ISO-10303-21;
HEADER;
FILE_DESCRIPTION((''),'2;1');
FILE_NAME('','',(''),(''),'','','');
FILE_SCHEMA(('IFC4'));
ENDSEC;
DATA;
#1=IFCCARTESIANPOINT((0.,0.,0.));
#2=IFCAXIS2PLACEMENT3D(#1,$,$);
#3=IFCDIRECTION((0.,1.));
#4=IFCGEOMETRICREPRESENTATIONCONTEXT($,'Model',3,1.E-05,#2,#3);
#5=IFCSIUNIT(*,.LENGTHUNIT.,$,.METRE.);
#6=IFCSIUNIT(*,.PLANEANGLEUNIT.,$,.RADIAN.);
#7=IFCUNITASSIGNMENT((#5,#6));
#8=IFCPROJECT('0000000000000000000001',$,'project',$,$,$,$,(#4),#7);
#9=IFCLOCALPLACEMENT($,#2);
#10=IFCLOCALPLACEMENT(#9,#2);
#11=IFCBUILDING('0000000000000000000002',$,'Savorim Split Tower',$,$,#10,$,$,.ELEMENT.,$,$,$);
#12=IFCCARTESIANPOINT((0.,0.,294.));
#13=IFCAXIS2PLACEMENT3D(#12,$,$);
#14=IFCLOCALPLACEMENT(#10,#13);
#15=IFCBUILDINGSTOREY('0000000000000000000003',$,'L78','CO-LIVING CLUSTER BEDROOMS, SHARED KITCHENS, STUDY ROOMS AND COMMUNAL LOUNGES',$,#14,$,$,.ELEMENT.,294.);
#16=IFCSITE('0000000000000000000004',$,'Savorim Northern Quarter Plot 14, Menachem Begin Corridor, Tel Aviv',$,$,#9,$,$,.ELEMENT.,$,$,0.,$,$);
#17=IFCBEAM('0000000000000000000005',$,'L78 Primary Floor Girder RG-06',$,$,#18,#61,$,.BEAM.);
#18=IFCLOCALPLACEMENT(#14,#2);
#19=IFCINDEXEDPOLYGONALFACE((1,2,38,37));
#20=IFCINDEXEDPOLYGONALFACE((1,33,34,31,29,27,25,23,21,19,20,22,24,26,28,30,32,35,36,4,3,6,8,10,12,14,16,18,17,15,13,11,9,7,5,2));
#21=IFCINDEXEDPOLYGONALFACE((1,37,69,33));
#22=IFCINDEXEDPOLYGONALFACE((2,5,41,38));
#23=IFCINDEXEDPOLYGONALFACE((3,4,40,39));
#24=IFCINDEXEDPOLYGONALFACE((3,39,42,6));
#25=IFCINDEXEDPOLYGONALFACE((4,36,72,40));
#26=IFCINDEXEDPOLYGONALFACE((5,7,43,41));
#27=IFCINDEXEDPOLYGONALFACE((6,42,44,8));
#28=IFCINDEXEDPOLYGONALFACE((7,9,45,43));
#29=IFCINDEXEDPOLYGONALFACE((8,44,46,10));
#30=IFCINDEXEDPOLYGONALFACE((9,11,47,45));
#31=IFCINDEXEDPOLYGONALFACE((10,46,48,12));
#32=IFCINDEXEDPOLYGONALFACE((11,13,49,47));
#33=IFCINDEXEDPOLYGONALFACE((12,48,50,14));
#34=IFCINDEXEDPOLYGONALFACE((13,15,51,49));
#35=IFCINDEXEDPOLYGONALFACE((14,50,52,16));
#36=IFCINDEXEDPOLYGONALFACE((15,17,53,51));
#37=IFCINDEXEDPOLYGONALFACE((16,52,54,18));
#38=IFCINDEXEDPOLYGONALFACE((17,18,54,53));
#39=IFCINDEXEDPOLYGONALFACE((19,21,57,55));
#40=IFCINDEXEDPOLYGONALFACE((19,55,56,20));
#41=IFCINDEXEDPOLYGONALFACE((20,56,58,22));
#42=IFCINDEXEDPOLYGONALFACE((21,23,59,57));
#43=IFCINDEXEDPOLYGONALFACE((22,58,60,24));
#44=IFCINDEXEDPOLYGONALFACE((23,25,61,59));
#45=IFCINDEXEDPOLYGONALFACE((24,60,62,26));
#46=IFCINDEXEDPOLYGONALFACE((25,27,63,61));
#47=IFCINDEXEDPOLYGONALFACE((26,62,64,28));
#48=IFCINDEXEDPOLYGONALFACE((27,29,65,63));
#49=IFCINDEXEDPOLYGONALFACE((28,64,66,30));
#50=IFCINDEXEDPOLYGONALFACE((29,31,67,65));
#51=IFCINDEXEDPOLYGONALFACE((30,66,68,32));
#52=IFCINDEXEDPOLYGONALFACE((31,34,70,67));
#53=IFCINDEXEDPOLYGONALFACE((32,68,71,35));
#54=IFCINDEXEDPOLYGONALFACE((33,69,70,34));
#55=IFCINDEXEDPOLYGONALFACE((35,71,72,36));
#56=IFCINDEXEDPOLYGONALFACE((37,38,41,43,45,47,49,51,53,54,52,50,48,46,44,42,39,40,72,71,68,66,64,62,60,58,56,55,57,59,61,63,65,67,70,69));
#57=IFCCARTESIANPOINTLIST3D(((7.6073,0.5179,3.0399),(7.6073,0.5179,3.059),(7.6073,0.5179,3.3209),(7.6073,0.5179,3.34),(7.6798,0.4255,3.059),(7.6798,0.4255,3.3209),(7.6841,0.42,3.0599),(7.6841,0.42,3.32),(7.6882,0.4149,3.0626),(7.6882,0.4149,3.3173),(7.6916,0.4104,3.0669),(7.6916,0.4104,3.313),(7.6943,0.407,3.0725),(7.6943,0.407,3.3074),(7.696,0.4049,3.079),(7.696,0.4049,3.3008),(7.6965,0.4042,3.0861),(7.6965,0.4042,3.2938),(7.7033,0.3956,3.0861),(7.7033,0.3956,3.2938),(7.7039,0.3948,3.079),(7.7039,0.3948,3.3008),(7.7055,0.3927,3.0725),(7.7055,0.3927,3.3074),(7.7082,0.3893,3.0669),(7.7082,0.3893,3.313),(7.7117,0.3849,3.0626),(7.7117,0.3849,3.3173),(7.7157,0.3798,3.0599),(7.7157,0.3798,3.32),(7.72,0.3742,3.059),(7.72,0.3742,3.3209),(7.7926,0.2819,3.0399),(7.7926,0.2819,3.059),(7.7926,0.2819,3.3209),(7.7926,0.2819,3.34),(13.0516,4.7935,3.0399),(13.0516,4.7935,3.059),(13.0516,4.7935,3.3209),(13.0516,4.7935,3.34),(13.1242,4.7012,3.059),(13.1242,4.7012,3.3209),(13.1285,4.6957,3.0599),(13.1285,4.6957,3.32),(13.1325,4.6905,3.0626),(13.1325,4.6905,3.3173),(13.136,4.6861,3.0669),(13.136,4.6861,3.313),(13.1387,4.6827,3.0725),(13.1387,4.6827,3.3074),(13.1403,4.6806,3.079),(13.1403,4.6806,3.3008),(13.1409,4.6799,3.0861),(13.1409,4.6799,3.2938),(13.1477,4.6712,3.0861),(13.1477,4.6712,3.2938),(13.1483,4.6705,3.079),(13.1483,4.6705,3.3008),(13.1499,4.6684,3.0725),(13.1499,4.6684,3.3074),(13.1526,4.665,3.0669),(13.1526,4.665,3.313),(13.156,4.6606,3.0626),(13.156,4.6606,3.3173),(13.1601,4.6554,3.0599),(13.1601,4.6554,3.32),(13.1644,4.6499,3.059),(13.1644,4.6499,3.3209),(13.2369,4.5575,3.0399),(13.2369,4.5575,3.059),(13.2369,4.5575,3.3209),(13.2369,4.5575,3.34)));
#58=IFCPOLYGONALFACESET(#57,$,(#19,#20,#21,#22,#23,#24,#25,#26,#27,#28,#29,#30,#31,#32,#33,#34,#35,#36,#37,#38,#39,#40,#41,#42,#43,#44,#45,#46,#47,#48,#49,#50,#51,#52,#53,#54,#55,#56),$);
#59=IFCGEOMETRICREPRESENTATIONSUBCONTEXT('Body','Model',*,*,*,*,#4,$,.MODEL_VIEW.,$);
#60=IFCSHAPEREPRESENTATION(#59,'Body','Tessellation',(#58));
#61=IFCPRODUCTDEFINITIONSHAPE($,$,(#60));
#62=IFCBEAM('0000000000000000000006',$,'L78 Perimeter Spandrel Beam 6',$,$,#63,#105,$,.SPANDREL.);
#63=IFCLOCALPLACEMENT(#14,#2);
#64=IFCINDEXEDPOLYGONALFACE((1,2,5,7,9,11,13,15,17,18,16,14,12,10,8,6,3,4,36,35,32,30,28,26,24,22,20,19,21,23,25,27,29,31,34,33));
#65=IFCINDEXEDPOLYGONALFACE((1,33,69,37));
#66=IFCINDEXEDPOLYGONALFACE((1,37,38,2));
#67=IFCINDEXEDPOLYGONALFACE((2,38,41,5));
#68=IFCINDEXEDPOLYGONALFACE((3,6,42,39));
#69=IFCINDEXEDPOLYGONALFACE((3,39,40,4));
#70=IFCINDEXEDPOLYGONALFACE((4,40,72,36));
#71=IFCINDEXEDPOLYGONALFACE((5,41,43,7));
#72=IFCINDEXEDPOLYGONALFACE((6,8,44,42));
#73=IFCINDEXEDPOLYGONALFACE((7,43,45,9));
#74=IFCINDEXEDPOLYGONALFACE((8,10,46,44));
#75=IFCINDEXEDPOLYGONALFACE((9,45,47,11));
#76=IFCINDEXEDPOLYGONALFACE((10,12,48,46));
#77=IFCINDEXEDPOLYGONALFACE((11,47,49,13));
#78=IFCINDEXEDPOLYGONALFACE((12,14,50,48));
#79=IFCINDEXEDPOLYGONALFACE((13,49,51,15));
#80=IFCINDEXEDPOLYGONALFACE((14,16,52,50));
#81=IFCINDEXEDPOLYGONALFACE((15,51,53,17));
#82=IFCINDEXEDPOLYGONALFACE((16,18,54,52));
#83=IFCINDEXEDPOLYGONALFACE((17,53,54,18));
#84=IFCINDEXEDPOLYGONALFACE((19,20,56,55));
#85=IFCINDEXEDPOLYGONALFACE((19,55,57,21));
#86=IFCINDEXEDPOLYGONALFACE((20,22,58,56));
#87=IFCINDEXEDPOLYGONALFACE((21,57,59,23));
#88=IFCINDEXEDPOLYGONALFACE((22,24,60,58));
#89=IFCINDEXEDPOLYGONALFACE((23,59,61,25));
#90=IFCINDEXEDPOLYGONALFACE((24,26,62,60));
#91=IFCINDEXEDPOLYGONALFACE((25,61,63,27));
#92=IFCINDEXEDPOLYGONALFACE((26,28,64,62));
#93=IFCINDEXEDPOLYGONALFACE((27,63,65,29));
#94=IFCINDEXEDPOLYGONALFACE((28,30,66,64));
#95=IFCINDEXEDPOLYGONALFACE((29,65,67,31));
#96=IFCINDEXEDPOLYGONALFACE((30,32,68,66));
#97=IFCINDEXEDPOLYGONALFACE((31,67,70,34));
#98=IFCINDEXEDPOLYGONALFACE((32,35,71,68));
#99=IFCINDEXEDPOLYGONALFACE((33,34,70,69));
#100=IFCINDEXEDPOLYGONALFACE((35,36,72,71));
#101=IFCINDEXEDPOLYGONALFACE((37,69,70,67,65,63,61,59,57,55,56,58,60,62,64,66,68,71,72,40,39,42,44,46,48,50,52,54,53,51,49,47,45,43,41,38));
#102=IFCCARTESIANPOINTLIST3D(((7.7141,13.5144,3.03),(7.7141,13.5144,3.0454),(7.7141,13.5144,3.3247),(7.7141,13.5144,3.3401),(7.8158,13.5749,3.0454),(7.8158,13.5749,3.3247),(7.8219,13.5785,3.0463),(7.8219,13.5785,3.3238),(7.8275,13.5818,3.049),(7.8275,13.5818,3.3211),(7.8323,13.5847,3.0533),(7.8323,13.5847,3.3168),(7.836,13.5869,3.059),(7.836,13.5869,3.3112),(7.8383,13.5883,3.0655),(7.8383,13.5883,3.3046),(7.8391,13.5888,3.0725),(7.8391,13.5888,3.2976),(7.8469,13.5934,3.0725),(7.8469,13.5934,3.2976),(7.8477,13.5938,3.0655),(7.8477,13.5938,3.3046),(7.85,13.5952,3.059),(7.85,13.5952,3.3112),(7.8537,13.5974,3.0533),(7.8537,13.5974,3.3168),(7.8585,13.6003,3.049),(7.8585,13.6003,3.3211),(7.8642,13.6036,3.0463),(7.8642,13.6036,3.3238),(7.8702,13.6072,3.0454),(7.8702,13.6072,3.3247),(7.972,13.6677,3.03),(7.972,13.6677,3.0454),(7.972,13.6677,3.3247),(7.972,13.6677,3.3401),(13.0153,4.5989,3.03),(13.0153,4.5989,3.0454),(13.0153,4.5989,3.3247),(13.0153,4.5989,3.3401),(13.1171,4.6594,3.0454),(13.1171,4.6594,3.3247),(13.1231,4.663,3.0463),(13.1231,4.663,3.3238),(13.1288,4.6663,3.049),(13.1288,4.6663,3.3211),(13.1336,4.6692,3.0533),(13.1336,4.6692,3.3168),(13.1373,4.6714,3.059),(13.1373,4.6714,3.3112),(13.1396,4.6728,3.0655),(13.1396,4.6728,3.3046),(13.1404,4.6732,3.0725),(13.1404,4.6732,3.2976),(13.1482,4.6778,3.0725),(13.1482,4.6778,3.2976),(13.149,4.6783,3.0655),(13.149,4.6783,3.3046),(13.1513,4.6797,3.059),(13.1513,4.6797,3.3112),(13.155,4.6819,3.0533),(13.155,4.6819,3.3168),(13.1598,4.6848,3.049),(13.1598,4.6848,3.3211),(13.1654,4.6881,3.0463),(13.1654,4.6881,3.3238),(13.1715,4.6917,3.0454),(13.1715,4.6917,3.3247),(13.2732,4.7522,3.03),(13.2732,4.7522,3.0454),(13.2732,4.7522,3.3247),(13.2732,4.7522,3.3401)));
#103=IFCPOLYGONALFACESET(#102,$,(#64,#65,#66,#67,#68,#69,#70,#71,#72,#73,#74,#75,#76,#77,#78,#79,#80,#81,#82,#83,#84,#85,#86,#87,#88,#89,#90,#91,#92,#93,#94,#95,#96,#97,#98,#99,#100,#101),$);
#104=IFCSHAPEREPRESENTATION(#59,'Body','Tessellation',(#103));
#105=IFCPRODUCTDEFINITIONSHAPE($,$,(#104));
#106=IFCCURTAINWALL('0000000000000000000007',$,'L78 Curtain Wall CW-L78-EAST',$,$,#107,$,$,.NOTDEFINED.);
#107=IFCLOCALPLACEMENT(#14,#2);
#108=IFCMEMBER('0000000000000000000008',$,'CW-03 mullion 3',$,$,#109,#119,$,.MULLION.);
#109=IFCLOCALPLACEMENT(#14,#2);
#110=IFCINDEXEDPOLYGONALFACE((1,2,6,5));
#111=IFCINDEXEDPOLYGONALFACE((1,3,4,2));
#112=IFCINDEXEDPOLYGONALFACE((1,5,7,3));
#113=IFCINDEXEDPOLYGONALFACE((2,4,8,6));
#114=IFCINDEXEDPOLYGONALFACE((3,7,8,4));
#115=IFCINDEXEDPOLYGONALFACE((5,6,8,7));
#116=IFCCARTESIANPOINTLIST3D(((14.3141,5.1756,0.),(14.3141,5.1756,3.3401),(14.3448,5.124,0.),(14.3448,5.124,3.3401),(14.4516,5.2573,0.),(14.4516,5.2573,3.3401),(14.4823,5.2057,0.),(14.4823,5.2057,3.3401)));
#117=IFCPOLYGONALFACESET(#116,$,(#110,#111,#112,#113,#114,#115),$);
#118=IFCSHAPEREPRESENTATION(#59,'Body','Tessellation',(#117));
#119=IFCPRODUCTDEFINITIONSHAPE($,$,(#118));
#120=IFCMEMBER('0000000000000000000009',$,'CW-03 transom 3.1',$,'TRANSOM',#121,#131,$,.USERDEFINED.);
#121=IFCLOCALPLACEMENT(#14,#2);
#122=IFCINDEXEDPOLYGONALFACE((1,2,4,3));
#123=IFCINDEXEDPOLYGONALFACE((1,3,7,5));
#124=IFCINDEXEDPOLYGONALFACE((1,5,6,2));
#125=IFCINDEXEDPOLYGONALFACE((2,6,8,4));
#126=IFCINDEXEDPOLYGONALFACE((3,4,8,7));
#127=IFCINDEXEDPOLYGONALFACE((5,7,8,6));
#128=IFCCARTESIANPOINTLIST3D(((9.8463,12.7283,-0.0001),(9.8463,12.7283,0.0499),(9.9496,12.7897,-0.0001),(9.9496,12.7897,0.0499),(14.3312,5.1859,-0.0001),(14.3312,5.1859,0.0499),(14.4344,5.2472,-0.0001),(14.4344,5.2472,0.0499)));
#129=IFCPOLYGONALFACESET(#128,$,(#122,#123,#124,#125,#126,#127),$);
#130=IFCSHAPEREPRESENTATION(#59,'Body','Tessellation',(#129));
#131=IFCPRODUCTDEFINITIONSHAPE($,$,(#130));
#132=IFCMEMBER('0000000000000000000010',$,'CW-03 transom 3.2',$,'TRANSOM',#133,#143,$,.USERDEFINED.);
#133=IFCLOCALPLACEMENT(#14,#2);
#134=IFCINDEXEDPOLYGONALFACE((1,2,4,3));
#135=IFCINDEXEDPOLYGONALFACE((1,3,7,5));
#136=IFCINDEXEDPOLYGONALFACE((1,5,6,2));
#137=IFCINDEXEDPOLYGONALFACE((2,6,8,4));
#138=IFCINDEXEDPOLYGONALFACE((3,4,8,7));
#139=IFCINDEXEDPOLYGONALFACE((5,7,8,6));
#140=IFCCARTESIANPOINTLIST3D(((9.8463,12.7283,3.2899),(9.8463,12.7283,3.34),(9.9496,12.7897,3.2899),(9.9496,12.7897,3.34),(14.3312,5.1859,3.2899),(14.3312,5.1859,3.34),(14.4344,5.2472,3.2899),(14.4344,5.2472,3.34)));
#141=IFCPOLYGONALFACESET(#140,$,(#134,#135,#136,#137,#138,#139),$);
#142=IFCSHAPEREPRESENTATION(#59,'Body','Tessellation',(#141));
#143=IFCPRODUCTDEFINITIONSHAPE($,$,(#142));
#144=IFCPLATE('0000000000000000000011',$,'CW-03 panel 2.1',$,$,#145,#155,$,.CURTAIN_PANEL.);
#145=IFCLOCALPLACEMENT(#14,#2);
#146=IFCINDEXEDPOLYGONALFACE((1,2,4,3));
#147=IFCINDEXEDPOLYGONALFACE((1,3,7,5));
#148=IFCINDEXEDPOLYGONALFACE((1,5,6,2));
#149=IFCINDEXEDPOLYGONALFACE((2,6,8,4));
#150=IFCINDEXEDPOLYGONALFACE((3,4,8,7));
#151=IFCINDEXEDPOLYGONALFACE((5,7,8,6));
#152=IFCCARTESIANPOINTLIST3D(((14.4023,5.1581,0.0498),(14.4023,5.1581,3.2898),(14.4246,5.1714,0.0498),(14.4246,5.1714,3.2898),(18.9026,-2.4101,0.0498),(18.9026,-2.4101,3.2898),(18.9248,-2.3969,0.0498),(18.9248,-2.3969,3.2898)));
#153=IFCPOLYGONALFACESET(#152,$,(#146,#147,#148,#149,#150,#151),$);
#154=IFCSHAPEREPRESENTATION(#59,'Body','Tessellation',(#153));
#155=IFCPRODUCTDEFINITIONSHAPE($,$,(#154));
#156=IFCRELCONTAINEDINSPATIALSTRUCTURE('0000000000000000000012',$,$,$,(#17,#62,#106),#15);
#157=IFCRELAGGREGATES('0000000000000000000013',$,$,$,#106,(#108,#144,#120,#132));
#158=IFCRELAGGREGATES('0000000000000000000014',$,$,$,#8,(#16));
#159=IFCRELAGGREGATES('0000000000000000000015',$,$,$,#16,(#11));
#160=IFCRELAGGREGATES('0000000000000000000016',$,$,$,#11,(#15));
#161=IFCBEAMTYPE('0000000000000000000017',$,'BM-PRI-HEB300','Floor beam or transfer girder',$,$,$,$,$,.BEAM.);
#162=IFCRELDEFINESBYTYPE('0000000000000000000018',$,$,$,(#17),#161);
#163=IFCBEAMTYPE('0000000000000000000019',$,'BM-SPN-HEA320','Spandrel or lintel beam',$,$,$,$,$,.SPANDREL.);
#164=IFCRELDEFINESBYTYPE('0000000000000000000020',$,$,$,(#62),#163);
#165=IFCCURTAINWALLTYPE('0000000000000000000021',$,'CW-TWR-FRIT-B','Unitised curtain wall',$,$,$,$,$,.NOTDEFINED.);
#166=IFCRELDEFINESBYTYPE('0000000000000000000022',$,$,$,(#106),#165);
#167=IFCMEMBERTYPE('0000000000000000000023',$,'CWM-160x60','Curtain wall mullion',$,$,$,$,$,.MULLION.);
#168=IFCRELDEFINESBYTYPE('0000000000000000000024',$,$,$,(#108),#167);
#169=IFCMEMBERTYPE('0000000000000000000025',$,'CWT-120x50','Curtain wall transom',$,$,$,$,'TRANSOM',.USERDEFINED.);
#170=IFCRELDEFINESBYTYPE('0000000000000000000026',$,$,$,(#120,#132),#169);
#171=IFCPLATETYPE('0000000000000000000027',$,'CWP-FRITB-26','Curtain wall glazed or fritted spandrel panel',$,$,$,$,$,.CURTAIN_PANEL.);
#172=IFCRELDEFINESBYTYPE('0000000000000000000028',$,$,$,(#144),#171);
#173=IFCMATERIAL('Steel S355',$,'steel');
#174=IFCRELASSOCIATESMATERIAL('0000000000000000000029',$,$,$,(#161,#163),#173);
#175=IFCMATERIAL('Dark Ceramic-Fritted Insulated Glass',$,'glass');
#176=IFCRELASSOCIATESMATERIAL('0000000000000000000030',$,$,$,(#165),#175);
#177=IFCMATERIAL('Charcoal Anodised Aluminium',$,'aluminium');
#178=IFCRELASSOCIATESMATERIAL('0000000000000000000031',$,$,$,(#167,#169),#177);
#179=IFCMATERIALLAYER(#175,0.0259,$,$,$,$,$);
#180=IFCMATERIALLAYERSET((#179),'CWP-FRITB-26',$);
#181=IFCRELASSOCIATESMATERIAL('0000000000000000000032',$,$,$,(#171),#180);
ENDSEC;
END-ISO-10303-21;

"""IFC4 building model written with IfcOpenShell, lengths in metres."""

from ifc_helpers import new_model, si_unit, direction, frame, origin, origin_2d, place, context, subcontext, project, spatial, rectangle, i_section, extrude, material, layer, layer_set, material_profile, profile_set, type_object, element, aggregate, save


model = new_model("IFC4")

# Units and contexts
model_context = context("Model", 3, precision=1e-05, world=origin(), true_north=direction((0.0, 1.0)))
body_context = subcontext(model_context, "Body", "Model", "MODEL_VIEW")
ifc_project = project(units=[si_unit("LENGTHUNIT", "METRE"), si_unit("PLANEANGLEUNIT", "RADIAN")], contexts=[model_context])

# Site, building, storey
site_placement = place(None, origin())
site = spatial("IfcSite", under=ifc_project, at=site_placement, Name="Savorim Northern Quarter Plot 14, Menachem Begin Corridor, Tel Aviv", CompositionType="ELEMENT", RefElevation=0.0)
building_placement = place(site_placement, origin())
building = spatial("IfcBuilding", under=site, at=building_placement, Name="Savorim Split Tower", CompositionType="ELEMENT")
storey_placement = place(building_placement, frame((0.0, 0.0, 294.0)))
storey = spatial("IfcBuildingStorey", under=building, at=storey_placement, Name="L78", Description="CO-LIVING CLUSTER BEDROOMS, SHARED KITCHENS, STUDY ROOMS AND COMMUNAL LOUNGES", CompositionType="ELEMENT", Elevation=294.0)

# Shared definitions
ifc_material_1 = material(Name="Steel S355", Category="steel")

# Beams
ifc_material_profile_1 = material_profile(ifc_material_1, i_section(OverallWidth=0.3, OverallDepth=0.3, WebThickness=0.011, FlangeThickness=0.019, FilletRadius=0.0271, at=origin_2d()), Name="HEB 300")
ifc_profile_set_1 = profile_set([ifc_material_profile_1], Name="Steel S355")
beam_type_1 = type_object("IfcBeamType", Name="BM-PRI-HEB300", Description="Floor beam or transfer girder", PredefinedType="BEAM", material=ifc_profile_set_1)
beam_1_placement = place(storey_placement, frame((13.1443, 4.6755, 3.1899), z_axis=(-0.786463, -0.617638, 0.0), x_axis=(0.617638, -0.786463, 0.0)))
element("IfcBeam", 1, at=beam_1_placement, inside=storey, type_object=beam_type_1, Name="L78 Primary Floor Girder RG-06", PredefinedType="BEAM", context=body_context, shape_type="SweptSolid", body=[
    extrude(i_section(OverallWidth=0.3, OverallDepth=0.3, WebThickness=0.011, FlangeThickness=0.019, FilletRadius=0.0271, at=origin_2d()), origin(), (0.0, 0.0, 1.0), 6.9226),
])
ifc_material_profile_2 = material_profile(ifc_material_1, i_section(OverallWidth=0.3, OverallDepth=0.3101, WebThickness=0.009, FlangeThickness=0.0154, FilletRadius=0.0271, at=origin_2d()), Name="HEA 320")
ifc_profile_set_2 = profile_set([ifc_material_profile_2], Name="Steel S355")
beam_type_2 = type_object("IfcBeamType", Name="BM-SPN-HEA320", Description="Spandrel or lintel beam", PredefinedType="SPANDREL", material=ifc_profile_set_2)
beam_2_placement = place(storey_placement, frame((13.1443, 4.6755, 3.1851), z_axis=(-0.511086, 0.85953, 0.0), x_axis=(-0.85953, -0.511086, 0.0)))
element("IfcBeam", 2, at=beam_2_placement, inside=storey, type_object=beam_type_2, Name="L78 Perimeter Spandrel Beam 6", PredefinedType="SPANDREL", context=body_context, shape_type="SweptSolid", body=[
    extrude(i_section(OverallWidth=0.3, OverallDepth=0.3101, WebThickness=0.009, FlangeThickness=0.0154, FilletRadius=0.0271, at=origin_2d()), origin(), (0.0, 0.0, 1.0), 10.3726),
])

# Curtain wall, members, plate
ifc_material_2 = material(Name="Dark Ceramic-Fritted Insulated Glass", Category="glass")
curtain_wall_type = type_object("IfcCurtainWallType", Name="CW-TWR-FRIT-B", Description="Unitised curtain wall", PredefinedType="NOTDEFINED", material=ifc_material_2)
curtain_wall_placement = place(storey_placement, origin())
curtain_wall = element("IfcCurtainWall", 3, at=curtain_wall_placement, inside=storey, type_object=curtain_wall_type, Name="L78 Curtain Wall CW-L78-EAST", PredefinedType="NOTDEFINED")
ifc_material_3 = material(Name="Charcoal Anodised Aluminium", Category="aluminium")
ifc_material_profile_3 = material_profile(ifc_material_3, rectangle(XDim=0.1599, YDim=0.0601, at=origin_2d()), Name="ALU-M 160x60")
ifc_profile_set_3 = profile_set([ifc_material_profile_3], Name="Charcoal Anodised Aluminium")
member_type_1 = type_object("IfcMemberType", Name="CWM-160x60", Description="Curtain wall mullion", PredefinedType="MULLION", material=ifc_profile_set_3)
member_1_placement = place(storey_placement, frame((14.3982, 5.1907, 0.0), z_axis=(0.0, 0.0, 1.0), x_axis=(-0.859526, -0.511092, 0.0)))
member_1 = element("IfcMember", 4, at=member_1_placement, type_object=member_type_1, Name="CW-03 mullion 3", PredefinedType="MULLION", context=body_context, shape_type="SweptSolid", body=[
    extrude(rectangle(XDim=0.1599, YDim=0.0601, at=origin_2d()), origin(), (0.0, 0.0, 1.0), 3.3401),
])
ifc_material_profile_4 = material_profile(ifc_material_3, rectangle(XDim=0.1201, YDim=0.05, at=origin_2d()), Name="ALU-T 120x50")
ifc_profile_set_4 = profile_set([ifc_material_profile_4], Name="Charcoal Anodised Aluminium")
member_type_2 = type_object("IfcMemberType", Name="CWT-120x50", Description="Curtain wall transom", ElementType="TRANSOM", PredefinedType="USERDEFINED", material=ifc_profile_set_4)
member_2_placement = place(storey_placement, frame((14.3828, 5.2166, 0.0249), z_axis=(-0.511088, 0.859529, 0.0), x_axis=(-0.859529, -0.511088, 0.0)))
member_2 = element("IfcMember", 5, at=member_2_placement, type_object=member_type_2, Name="CW-03 transom 3.1", ObjectType="TRANSOM", PredefinedType="USERDEFINED", context=body_context, shape_type="SweptSolid", body=[
    extrude(rectangle(XDim=0.1201, YDim=0.05, at=origin_2d()), origin(), (0.0, 0.0, 1.0), 8.7751),
])
member_3_placement = place(storey_placement, frame((14.3828, 5.2166, 3.3149), z_axis=(-0.511088, 0.859529, 0.0), x_axis=(-0.859529, -0.511088, 0.0)))
member_3 = element("IfcMember", 6, at=member_3_placement, type_object=member_type_2, Name="CW-03 transom 3.2", ObjectType="TRANSOM", PredefinedType="USERDEFINED", context=body_context, shape_type="SweptSolid", body=[
    extrude(rectangle(XDim=0.1201, YDim=0.05, at=origin_2d()), origin(), (0.0, 0.0, 1.0), 8.7751),
])
ifc_layer_1 = layer(ifc_material_2, 0.0259)
ifc_layer_set_1 = layer_set([ifc_layer_1], Name="CWP-FRITB-26")
plate_type = type_object("IfcPlateType", Name="CWP-FRITB-26", Description="Curtain wall glazed or fritted spandrel panel", PredefinedType="CURTAIN_PANEL", material=ifc_layer_set_1)
plate_placement = place(storey_placement, frame((16.6636, 1.3806, 0.0498), z_axis=(0.0, 0.0, 1.0), x_axis=(-0.511092, 0.859526, 0.0)))
plate = element("IfcPlate", 7, at=plate_placement, type_object=plate_type, Name="CW-03 panel 2.1", PredefinedType="CURTAIN_PANEL", context=body_context, shape_type="SweptSolid", body=[
    extrude(rectangle(XDim=8.8052, YDim=0.0259, at=origin_2d()), origin(), (0.0, 0.0, 1.0), 3.24),
])
aggregate(curtain_wall, [member_1, plate, member_2, member_3])

save(model, "model.ifc")
